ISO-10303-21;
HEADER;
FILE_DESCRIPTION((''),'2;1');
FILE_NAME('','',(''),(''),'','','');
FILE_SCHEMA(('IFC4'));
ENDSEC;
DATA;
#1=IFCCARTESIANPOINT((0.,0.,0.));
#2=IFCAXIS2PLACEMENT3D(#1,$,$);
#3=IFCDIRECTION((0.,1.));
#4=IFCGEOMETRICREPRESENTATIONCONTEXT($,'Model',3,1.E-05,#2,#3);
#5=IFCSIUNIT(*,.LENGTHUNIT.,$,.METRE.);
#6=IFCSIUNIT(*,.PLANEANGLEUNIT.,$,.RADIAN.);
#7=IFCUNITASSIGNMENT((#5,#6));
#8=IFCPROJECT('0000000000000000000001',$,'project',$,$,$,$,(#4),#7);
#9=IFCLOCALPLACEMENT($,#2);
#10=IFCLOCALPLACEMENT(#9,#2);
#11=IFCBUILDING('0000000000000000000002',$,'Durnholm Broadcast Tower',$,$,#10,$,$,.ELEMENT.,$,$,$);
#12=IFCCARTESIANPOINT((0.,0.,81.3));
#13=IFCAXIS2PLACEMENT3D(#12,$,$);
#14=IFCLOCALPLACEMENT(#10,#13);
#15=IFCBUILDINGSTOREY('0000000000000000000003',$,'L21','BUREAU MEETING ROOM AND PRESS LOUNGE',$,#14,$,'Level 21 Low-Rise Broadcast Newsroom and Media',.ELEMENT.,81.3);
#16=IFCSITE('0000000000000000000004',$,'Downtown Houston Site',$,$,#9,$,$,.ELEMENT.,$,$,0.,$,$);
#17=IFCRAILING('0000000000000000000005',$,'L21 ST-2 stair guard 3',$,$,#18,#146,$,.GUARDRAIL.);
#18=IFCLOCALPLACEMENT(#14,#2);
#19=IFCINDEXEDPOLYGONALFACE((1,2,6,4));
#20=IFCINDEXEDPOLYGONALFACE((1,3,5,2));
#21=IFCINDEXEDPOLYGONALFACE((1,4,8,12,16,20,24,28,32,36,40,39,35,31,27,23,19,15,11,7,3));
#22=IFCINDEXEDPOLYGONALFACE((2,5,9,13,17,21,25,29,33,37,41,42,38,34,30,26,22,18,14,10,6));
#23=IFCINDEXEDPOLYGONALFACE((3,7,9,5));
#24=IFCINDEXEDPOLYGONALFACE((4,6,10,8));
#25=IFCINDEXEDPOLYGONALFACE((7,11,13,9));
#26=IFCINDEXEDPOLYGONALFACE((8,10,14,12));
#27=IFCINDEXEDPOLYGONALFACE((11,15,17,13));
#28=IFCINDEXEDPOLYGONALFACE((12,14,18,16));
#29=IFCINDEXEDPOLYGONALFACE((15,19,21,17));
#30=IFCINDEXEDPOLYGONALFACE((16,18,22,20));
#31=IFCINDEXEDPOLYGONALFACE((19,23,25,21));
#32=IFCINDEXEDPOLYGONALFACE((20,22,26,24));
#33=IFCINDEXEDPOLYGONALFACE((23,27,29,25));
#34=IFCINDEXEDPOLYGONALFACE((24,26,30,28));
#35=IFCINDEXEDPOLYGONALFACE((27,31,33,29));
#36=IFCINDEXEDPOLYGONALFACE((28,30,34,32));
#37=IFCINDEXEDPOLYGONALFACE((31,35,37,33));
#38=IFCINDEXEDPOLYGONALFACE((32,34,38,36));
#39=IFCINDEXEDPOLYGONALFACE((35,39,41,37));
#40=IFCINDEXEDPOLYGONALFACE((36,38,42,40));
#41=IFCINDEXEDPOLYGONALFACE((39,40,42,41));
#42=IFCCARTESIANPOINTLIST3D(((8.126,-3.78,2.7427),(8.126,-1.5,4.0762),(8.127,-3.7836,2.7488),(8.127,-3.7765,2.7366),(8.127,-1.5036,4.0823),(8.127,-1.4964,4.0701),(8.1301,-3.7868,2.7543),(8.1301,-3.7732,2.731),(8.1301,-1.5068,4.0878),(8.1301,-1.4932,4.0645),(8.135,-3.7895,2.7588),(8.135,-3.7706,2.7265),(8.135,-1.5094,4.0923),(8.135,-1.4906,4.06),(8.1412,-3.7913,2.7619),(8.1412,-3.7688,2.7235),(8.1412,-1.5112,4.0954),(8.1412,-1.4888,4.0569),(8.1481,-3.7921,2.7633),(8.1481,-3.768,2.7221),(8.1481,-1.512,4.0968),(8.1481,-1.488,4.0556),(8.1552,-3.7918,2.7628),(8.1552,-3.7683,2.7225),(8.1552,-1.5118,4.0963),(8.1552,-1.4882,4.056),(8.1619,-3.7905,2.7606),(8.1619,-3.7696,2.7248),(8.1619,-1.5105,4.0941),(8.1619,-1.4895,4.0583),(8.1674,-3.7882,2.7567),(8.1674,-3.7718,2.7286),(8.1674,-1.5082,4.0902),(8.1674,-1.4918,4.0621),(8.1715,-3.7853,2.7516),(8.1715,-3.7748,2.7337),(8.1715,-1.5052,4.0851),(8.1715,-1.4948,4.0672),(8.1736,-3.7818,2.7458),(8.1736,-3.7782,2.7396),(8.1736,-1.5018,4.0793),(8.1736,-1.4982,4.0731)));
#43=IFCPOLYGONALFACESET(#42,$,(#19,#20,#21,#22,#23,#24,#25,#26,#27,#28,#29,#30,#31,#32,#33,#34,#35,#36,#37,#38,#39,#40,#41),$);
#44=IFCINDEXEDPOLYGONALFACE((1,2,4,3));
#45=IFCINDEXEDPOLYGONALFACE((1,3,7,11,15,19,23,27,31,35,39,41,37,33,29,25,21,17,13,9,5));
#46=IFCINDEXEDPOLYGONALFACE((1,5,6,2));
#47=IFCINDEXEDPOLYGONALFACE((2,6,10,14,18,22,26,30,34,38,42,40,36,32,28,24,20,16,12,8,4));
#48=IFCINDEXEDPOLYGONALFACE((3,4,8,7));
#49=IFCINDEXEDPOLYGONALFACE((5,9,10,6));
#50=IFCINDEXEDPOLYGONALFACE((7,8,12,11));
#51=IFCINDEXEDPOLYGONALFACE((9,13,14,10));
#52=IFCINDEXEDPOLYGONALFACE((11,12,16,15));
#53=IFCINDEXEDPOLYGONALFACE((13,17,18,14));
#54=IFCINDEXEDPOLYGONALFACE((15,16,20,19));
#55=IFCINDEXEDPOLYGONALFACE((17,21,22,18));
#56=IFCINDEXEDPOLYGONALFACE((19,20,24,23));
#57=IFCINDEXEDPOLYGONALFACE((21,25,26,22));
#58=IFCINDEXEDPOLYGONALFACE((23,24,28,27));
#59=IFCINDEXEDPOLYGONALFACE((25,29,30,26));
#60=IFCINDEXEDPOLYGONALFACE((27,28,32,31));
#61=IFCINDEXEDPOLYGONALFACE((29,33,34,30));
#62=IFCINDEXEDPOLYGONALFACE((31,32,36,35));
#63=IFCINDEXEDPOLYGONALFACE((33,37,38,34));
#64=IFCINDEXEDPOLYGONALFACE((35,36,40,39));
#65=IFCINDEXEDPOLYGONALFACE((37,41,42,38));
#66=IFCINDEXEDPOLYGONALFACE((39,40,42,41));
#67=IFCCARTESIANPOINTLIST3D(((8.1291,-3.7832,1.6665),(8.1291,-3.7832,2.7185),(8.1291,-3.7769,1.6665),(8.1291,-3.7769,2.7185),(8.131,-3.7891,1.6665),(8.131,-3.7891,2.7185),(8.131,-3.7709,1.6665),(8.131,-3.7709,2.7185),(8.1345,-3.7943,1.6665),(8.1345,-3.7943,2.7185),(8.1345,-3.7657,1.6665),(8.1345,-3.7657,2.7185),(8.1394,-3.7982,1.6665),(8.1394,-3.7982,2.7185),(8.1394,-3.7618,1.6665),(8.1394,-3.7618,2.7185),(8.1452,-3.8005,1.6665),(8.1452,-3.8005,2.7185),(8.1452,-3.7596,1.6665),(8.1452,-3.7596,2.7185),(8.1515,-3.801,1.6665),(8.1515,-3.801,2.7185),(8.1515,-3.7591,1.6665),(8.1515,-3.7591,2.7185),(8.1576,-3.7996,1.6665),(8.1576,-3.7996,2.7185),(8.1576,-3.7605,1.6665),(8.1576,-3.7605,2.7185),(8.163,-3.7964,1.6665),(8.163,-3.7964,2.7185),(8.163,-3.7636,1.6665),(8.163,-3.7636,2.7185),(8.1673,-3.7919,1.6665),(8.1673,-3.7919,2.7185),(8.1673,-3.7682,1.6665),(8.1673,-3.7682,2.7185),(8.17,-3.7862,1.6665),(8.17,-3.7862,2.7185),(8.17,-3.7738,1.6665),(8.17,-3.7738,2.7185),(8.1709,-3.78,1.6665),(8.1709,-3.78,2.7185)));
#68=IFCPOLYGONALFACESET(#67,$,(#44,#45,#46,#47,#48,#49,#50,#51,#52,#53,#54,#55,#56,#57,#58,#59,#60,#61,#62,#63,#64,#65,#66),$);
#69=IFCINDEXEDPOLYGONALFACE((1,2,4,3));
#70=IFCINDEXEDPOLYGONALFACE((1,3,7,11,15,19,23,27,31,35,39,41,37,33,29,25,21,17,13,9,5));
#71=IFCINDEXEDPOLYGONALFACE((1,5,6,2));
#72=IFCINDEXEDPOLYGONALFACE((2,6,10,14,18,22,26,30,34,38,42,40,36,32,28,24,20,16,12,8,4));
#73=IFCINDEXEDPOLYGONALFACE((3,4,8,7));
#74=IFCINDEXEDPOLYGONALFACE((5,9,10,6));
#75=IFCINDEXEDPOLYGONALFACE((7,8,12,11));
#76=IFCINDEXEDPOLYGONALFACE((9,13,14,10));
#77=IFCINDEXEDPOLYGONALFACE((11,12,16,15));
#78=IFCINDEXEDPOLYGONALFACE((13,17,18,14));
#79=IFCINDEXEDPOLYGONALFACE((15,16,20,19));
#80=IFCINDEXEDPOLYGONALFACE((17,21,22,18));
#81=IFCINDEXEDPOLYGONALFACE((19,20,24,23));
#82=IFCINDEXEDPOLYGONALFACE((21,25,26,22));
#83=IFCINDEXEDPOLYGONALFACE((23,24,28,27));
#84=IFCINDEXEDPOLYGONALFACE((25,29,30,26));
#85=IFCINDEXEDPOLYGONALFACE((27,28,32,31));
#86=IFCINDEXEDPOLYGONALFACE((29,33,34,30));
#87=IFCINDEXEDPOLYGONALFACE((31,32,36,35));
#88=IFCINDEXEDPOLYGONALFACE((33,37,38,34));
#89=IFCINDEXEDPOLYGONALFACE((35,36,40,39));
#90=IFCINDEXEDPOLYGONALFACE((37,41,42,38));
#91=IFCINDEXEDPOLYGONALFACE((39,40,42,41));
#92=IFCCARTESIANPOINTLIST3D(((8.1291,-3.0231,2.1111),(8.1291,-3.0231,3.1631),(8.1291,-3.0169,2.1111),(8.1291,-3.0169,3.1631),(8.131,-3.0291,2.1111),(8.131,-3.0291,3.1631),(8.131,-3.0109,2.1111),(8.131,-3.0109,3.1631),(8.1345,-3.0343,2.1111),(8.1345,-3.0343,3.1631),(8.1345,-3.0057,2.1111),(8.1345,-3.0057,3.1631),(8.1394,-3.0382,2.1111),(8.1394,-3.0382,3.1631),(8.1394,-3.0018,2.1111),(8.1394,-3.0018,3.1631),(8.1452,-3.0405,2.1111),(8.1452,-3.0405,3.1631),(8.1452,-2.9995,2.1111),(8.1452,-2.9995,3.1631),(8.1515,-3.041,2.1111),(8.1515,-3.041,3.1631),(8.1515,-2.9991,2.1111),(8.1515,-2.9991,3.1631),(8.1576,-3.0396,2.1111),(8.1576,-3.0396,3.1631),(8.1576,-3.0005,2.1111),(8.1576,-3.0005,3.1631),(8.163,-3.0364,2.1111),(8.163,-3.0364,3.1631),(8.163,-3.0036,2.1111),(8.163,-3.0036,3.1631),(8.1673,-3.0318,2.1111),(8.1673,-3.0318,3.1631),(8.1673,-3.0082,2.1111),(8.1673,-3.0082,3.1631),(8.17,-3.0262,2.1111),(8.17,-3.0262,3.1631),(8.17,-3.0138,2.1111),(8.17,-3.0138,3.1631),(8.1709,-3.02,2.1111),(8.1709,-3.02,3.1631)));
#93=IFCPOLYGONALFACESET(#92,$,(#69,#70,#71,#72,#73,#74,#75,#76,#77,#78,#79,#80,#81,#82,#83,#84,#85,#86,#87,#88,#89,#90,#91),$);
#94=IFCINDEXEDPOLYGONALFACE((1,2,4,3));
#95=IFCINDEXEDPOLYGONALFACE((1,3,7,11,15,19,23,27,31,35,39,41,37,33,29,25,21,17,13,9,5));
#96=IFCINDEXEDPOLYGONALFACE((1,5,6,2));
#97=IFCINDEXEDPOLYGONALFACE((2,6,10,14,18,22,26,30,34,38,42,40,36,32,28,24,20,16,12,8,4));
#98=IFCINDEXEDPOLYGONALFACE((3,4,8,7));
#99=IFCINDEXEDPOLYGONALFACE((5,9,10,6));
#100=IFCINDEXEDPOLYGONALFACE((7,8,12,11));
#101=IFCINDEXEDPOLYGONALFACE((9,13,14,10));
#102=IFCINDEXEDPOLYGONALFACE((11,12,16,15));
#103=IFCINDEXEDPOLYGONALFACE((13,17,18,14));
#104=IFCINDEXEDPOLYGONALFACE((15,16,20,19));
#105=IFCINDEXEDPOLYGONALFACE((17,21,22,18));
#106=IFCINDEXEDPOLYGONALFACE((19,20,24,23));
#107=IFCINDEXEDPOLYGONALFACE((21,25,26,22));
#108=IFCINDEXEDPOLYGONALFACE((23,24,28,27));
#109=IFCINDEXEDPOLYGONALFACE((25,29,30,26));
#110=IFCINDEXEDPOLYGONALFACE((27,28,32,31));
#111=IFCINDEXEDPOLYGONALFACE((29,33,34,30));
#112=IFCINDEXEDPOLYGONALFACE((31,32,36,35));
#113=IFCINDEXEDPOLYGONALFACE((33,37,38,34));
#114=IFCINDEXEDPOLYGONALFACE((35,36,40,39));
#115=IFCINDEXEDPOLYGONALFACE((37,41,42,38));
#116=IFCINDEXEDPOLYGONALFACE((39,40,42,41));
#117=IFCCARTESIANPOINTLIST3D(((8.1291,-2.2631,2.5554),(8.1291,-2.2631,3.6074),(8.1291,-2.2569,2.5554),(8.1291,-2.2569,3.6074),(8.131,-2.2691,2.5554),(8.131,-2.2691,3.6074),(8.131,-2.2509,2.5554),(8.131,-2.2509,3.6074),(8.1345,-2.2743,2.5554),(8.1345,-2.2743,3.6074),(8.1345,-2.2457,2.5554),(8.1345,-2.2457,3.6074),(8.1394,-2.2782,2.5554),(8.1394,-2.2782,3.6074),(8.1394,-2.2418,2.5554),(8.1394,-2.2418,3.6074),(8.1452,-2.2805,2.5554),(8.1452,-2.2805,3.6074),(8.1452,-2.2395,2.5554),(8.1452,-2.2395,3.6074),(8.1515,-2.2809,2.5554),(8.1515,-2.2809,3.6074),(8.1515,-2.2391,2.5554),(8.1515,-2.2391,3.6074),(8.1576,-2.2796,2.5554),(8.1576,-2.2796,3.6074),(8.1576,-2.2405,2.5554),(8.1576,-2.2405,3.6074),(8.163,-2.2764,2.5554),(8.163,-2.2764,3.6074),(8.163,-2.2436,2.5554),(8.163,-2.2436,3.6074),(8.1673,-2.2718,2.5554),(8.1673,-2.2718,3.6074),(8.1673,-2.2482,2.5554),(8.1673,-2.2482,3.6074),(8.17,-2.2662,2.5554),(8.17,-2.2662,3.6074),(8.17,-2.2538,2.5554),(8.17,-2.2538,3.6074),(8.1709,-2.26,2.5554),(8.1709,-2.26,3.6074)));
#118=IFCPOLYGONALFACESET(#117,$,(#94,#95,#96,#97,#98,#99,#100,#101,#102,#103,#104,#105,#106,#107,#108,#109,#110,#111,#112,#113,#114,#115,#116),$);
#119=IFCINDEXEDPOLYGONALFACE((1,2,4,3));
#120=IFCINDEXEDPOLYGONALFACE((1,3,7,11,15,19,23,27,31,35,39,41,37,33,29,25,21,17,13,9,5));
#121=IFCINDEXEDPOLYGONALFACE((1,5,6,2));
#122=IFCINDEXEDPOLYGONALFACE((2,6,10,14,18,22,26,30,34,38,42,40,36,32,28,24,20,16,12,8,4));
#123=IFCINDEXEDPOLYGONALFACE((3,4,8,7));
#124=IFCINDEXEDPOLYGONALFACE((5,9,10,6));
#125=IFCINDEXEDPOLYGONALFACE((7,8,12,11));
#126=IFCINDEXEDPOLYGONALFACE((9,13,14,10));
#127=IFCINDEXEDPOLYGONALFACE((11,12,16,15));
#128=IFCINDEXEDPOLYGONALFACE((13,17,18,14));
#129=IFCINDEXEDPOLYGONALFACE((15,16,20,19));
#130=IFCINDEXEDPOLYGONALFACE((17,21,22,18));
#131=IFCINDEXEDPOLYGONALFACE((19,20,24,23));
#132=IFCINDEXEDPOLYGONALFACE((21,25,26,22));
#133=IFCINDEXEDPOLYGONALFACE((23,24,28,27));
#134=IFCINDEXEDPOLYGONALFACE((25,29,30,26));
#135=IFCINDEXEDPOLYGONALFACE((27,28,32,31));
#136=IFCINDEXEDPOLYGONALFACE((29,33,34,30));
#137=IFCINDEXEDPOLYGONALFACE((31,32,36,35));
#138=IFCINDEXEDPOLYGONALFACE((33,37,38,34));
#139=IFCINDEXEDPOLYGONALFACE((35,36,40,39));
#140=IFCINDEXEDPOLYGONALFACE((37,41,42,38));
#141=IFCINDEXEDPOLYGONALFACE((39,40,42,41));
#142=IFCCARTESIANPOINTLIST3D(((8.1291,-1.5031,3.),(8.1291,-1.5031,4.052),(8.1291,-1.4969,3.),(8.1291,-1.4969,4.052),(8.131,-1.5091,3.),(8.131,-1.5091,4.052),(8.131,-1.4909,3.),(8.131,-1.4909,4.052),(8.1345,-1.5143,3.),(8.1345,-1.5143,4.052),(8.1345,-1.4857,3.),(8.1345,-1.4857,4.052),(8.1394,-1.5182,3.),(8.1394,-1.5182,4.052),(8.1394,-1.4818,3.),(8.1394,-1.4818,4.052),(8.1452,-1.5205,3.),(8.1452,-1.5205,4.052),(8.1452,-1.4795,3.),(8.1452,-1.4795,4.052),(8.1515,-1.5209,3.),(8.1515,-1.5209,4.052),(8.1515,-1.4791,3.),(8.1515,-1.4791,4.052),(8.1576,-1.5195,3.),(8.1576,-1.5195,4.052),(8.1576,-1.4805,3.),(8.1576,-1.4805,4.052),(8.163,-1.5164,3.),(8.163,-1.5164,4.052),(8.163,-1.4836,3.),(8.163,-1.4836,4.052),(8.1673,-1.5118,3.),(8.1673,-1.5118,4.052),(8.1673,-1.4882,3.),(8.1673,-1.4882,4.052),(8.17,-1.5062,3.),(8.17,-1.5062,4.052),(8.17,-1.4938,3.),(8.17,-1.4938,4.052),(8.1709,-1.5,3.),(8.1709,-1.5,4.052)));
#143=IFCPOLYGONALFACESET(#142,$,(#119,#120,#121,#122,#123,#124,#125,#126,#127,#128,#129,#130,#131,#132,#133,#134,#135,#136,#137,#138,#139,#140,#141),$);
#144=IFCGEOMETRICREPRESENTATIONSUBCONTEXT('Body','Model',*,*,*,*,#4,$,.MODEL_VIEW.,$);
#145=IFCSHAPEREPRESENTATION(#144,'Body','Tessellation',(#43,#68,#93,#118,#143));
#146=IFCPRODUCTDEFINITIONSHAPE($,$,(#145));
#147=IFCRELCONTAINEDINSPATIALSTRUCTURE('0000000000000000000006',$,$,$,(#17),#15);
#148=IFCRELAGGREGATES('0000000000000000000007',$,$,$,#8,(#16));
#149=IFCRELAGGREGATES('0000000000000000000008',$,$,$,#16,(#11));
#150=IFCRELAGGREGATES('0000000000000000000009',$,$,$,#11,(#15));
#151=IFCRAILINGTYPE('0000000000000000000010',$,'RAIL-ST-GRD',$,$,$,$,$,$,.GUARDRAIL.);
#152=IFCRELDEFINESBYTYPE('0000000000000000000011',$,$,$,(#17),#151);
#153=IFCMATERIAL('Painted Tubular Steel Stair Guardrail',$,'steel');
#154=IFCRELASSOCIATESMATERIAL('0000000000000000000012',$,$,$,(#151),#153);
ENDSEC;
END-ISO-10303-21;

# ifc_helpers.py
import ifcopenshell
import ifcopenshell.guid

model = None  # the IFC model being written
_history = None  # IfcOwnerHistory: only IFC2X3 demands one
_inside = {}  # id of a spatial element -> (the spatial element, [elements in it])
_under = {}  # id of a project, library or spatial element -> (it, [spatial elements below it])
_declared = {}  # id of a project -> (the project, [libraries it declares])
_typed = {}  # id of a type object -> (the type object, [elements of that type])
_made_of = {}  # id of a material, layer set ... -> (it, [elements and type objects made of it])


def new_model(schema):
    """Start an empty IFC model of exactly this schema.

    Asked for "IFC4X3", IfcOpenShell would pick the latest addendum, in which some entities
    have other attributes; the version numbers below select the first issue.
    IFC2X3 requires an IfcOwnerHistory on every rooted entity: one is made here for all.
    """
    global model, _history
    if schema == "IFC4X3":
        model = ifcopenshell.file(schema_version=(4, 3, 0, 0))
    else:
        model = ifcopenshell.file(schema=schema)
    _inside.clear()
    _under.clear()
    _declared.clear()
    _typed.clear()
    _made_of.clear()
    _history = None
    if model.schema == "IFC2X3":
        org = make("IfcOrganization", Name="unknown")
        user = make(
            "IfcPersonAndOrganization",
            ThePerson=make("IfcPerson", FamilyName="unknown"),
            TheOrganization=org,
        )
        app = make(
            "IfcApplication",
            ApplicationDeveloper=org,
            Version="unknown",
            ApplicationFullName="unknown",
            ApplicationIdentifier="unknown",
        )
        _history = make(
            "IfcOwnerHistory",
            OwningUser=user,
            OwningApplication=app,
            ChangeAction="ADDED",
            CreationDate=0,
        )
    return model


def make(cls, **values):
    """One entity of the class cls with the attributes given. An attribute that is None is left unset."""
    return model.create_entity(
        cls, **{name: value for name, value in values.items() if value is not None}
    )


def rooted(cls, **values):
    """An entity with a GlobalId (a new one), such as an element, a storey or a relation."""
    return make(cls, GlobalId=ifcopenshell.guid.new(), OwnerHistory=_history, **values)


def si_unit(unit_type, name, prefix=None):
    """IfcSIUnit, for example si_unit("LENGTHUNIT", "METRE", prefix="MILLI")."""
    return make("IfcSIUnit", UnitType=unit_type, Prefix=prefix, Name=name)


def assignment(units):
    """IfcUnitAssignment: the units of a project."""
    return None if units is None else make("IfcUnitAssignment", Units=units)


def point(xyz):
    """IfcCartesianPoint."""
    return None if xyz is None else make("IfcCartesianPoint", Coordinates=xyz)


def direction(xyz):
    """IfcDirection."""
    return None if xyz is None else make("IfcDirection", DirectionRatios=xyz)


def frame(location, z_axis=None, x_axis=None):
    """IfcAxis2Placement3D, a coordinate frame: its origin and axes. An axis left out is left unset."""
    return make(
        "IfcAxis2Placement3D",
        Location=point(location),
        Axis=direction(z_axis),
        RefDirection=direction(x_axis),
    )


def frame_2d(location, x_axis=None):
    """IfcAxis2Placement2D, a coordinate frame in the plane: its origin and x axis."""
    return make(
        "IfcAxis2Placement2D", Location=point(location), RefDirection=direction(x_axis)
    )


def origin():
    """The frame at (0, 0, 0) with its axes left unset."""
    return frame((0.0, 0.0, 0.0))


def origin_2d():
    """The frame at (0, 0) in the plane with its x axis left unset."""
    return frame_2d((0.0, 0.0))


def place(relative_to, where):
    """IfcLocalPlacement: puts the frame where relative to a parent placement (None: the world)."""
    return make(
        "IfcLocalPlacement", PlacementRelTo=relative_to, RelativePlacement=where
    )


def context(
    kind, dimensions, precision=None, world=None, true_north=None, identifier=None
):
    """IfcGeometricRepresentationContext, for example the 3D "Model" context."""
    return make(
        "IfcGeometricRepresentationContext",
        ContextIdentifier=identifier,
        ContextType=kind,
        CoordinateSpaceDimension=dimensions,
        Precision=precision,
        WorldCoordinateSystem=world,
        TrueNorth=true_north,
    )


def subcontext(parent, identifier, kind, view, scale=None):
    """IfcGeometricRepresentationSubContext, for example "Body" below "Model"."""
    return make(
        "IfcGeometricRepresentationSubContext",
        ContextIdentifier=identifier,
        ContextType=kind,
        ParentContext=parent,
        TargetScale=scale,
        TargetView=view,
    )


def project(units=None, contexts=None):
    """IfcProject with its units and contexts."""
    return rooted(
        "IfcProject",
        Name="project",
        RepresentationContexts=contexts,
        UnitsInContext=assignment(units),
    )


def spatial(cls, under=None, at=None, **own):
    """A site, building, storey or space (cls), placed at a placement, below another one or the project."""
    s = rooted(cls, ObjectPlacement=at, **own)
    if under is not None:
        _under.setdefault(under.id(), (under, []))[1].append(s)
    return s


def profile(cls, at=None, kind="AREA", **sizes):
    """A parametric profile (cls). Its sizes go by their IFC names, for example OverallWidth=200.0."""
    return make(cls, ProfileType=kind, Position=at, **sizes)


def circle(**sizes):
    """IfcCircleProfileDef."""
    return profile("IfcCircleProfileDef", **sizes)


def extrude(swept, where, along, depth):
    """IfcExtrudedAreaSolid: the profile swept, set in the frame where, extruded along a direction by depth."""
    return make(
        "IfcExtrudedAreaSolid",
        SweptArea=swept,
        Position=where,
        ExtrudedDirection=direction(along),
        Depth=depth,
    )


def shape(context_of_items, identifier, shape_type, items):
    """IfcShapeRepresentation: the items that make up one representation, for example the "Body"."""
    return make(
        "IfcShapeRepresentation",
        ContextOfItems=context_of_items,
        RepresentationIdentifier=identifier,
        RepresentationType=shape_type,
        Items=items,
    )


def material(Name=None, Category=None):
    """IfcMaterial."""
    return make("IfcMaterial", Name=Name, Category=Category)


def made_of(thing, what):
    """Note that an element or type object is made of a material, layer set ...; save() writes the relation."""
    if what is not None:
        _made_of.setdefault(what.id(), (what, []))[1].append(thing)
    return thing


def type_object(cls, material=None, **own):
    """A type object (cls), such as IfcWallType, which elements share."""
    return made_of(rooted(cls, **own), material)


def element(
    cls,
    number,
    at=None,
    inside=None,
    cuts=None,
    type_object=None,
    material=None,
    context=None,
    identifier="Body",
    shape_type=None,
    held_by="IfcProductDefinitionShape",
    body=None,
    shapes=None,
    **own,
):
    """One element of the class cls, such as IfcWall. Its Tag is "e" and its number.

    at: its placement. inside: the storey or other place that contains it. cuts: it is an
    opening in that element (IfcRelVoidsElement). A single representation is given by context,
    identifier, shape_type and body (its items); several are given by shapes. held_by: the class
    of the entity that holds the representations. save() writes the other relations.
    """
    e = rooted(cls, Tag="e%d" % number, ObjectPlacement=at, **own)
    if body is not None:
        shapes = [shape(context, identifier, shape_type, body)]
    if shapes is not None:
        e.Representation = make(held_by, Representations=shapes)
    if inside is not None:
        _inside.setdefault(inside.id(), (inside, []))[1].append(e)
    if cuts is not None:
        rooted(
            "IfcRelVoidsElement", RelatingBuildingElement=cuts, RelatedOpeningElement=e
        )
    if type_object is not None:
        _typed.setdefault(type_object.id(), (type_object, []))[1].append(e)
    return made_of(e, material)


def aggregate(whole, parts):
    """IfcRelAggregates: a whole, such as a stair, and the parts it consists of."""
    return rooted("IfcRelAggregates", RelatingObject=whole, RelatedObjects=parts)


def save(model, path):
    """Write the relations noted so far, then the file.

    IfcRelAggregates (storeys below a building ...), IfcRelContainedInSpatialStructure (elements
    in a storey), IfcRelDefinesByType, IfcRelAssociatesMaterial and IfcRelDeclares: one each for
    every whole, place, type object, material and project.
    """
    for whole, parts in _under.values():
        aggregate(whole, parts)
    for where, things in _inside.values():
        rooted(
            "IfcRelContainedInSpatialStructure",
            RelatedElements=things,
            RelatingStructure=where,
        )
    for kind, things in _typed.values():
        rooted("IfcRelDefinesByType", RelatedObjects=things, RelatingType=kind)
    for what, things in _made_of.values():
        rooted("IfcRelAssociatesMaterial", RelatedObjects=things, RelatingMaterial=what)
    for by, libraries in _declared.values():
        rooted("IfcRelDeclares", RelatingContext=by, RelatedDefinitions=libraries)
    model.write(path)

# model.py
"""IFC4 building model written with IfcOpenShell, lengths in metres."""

from ifc_helpers import new_model, si_unit, direction, frame, origin, origin_2d, place, context, subcontext, project, spatial, circle, extrude, material, type_object, element, save


model = new_model("IFC4")

# Units and contexts
model_context = context("Model", 3, precision=1e-05, world=origin(), true_north=direction((0.0, 1.0)))
body_context = subcontext(model_context, "Body", "Model", "MODEL_VIEW")
ifc_project = project(units=[si_unit("LENGTHUNIT", "METRE"), si_unit("PLANEANGLEUNIT", "RADIAN")], contexts=[model_context])

# Site, building, storey
site_placement = place(None, origin())
site = spatial("IfcSite", under=ifc_project, at=site_placement, Name="Downtown Houston Site", CompositionType="ELEMENT", RefElevation=0.0)
building_placement = place(site_placement, origin())
building = spatial("IfcBuilding", under=site, at=building_placement, Name="Durnholm Broadcast Tower", CompositionType="ELEMENT")
storey_placement = place(building_placement, frame((0.0, 0.0, 81.3)))
storey = spatial("IfcBuildingStorey", under=building, at=storey_placement, Name="L21", Description="BUREAU MEETING ROOM AND PRESS LOUNGE", LongName="Level 21 Low-Rise Broadcast Newsroom and Media", CompositionType="ELEMENT", Elevation=81.3)

# Railing
ifc_material_1 = material(Name="Painted Tubular Steel Stair Guardrail", Category="steel")
railing_type_1 = type_object("IfcRailingType", Name="RAIL-ST-GRD", PredefinedType="GUARDRAIL", material=ifc_material_1)
railing_1_placement = place(storey_placement, frame((8.1499, -3.78, 1.6665)))
element("IfcRailing", 1, at=railing_1_placement, inside=storey, type_object=railing_type_1, Name="L21 ST-2 stair guard 3", PredefinedType="GUARDRAIL", context=body_context, shape_type="SweptSolid", body=[
    extrude(circle(Radius=0.0239, at=origin_2d()), frame((0.0, 0.0, 1.0762), z_axis=(0.0, 0.863205, 0.504853), x_axis=(-1.0, 0.0, 0.0)), (0.0, 0.0, 1.0), 2.6414),
    extrude(circle(Radius=0.021, at=origin_2d()), origin(), (0.0, 0.0, 1.0), 1.052),
    extrude(circle(Radius=0.021, at=origin_2d()), frame((0.0, 0.76, 0.4446)), (0.0, 0.0, 1.0), 1.052),
    extrude(circle(Radius=0.021, at=origin_2d()), frame((0.0, 1.52, 0.8889)), (0.0, 0.0, 1.0), 1.052),
    extrude(circle(Radius=0.021, at=origin_2d()), frame((0.0, 2.28, 1.3335)), (0.0, 0.0, 1.0), 1.052),
])

save(model, "model.ifc")
